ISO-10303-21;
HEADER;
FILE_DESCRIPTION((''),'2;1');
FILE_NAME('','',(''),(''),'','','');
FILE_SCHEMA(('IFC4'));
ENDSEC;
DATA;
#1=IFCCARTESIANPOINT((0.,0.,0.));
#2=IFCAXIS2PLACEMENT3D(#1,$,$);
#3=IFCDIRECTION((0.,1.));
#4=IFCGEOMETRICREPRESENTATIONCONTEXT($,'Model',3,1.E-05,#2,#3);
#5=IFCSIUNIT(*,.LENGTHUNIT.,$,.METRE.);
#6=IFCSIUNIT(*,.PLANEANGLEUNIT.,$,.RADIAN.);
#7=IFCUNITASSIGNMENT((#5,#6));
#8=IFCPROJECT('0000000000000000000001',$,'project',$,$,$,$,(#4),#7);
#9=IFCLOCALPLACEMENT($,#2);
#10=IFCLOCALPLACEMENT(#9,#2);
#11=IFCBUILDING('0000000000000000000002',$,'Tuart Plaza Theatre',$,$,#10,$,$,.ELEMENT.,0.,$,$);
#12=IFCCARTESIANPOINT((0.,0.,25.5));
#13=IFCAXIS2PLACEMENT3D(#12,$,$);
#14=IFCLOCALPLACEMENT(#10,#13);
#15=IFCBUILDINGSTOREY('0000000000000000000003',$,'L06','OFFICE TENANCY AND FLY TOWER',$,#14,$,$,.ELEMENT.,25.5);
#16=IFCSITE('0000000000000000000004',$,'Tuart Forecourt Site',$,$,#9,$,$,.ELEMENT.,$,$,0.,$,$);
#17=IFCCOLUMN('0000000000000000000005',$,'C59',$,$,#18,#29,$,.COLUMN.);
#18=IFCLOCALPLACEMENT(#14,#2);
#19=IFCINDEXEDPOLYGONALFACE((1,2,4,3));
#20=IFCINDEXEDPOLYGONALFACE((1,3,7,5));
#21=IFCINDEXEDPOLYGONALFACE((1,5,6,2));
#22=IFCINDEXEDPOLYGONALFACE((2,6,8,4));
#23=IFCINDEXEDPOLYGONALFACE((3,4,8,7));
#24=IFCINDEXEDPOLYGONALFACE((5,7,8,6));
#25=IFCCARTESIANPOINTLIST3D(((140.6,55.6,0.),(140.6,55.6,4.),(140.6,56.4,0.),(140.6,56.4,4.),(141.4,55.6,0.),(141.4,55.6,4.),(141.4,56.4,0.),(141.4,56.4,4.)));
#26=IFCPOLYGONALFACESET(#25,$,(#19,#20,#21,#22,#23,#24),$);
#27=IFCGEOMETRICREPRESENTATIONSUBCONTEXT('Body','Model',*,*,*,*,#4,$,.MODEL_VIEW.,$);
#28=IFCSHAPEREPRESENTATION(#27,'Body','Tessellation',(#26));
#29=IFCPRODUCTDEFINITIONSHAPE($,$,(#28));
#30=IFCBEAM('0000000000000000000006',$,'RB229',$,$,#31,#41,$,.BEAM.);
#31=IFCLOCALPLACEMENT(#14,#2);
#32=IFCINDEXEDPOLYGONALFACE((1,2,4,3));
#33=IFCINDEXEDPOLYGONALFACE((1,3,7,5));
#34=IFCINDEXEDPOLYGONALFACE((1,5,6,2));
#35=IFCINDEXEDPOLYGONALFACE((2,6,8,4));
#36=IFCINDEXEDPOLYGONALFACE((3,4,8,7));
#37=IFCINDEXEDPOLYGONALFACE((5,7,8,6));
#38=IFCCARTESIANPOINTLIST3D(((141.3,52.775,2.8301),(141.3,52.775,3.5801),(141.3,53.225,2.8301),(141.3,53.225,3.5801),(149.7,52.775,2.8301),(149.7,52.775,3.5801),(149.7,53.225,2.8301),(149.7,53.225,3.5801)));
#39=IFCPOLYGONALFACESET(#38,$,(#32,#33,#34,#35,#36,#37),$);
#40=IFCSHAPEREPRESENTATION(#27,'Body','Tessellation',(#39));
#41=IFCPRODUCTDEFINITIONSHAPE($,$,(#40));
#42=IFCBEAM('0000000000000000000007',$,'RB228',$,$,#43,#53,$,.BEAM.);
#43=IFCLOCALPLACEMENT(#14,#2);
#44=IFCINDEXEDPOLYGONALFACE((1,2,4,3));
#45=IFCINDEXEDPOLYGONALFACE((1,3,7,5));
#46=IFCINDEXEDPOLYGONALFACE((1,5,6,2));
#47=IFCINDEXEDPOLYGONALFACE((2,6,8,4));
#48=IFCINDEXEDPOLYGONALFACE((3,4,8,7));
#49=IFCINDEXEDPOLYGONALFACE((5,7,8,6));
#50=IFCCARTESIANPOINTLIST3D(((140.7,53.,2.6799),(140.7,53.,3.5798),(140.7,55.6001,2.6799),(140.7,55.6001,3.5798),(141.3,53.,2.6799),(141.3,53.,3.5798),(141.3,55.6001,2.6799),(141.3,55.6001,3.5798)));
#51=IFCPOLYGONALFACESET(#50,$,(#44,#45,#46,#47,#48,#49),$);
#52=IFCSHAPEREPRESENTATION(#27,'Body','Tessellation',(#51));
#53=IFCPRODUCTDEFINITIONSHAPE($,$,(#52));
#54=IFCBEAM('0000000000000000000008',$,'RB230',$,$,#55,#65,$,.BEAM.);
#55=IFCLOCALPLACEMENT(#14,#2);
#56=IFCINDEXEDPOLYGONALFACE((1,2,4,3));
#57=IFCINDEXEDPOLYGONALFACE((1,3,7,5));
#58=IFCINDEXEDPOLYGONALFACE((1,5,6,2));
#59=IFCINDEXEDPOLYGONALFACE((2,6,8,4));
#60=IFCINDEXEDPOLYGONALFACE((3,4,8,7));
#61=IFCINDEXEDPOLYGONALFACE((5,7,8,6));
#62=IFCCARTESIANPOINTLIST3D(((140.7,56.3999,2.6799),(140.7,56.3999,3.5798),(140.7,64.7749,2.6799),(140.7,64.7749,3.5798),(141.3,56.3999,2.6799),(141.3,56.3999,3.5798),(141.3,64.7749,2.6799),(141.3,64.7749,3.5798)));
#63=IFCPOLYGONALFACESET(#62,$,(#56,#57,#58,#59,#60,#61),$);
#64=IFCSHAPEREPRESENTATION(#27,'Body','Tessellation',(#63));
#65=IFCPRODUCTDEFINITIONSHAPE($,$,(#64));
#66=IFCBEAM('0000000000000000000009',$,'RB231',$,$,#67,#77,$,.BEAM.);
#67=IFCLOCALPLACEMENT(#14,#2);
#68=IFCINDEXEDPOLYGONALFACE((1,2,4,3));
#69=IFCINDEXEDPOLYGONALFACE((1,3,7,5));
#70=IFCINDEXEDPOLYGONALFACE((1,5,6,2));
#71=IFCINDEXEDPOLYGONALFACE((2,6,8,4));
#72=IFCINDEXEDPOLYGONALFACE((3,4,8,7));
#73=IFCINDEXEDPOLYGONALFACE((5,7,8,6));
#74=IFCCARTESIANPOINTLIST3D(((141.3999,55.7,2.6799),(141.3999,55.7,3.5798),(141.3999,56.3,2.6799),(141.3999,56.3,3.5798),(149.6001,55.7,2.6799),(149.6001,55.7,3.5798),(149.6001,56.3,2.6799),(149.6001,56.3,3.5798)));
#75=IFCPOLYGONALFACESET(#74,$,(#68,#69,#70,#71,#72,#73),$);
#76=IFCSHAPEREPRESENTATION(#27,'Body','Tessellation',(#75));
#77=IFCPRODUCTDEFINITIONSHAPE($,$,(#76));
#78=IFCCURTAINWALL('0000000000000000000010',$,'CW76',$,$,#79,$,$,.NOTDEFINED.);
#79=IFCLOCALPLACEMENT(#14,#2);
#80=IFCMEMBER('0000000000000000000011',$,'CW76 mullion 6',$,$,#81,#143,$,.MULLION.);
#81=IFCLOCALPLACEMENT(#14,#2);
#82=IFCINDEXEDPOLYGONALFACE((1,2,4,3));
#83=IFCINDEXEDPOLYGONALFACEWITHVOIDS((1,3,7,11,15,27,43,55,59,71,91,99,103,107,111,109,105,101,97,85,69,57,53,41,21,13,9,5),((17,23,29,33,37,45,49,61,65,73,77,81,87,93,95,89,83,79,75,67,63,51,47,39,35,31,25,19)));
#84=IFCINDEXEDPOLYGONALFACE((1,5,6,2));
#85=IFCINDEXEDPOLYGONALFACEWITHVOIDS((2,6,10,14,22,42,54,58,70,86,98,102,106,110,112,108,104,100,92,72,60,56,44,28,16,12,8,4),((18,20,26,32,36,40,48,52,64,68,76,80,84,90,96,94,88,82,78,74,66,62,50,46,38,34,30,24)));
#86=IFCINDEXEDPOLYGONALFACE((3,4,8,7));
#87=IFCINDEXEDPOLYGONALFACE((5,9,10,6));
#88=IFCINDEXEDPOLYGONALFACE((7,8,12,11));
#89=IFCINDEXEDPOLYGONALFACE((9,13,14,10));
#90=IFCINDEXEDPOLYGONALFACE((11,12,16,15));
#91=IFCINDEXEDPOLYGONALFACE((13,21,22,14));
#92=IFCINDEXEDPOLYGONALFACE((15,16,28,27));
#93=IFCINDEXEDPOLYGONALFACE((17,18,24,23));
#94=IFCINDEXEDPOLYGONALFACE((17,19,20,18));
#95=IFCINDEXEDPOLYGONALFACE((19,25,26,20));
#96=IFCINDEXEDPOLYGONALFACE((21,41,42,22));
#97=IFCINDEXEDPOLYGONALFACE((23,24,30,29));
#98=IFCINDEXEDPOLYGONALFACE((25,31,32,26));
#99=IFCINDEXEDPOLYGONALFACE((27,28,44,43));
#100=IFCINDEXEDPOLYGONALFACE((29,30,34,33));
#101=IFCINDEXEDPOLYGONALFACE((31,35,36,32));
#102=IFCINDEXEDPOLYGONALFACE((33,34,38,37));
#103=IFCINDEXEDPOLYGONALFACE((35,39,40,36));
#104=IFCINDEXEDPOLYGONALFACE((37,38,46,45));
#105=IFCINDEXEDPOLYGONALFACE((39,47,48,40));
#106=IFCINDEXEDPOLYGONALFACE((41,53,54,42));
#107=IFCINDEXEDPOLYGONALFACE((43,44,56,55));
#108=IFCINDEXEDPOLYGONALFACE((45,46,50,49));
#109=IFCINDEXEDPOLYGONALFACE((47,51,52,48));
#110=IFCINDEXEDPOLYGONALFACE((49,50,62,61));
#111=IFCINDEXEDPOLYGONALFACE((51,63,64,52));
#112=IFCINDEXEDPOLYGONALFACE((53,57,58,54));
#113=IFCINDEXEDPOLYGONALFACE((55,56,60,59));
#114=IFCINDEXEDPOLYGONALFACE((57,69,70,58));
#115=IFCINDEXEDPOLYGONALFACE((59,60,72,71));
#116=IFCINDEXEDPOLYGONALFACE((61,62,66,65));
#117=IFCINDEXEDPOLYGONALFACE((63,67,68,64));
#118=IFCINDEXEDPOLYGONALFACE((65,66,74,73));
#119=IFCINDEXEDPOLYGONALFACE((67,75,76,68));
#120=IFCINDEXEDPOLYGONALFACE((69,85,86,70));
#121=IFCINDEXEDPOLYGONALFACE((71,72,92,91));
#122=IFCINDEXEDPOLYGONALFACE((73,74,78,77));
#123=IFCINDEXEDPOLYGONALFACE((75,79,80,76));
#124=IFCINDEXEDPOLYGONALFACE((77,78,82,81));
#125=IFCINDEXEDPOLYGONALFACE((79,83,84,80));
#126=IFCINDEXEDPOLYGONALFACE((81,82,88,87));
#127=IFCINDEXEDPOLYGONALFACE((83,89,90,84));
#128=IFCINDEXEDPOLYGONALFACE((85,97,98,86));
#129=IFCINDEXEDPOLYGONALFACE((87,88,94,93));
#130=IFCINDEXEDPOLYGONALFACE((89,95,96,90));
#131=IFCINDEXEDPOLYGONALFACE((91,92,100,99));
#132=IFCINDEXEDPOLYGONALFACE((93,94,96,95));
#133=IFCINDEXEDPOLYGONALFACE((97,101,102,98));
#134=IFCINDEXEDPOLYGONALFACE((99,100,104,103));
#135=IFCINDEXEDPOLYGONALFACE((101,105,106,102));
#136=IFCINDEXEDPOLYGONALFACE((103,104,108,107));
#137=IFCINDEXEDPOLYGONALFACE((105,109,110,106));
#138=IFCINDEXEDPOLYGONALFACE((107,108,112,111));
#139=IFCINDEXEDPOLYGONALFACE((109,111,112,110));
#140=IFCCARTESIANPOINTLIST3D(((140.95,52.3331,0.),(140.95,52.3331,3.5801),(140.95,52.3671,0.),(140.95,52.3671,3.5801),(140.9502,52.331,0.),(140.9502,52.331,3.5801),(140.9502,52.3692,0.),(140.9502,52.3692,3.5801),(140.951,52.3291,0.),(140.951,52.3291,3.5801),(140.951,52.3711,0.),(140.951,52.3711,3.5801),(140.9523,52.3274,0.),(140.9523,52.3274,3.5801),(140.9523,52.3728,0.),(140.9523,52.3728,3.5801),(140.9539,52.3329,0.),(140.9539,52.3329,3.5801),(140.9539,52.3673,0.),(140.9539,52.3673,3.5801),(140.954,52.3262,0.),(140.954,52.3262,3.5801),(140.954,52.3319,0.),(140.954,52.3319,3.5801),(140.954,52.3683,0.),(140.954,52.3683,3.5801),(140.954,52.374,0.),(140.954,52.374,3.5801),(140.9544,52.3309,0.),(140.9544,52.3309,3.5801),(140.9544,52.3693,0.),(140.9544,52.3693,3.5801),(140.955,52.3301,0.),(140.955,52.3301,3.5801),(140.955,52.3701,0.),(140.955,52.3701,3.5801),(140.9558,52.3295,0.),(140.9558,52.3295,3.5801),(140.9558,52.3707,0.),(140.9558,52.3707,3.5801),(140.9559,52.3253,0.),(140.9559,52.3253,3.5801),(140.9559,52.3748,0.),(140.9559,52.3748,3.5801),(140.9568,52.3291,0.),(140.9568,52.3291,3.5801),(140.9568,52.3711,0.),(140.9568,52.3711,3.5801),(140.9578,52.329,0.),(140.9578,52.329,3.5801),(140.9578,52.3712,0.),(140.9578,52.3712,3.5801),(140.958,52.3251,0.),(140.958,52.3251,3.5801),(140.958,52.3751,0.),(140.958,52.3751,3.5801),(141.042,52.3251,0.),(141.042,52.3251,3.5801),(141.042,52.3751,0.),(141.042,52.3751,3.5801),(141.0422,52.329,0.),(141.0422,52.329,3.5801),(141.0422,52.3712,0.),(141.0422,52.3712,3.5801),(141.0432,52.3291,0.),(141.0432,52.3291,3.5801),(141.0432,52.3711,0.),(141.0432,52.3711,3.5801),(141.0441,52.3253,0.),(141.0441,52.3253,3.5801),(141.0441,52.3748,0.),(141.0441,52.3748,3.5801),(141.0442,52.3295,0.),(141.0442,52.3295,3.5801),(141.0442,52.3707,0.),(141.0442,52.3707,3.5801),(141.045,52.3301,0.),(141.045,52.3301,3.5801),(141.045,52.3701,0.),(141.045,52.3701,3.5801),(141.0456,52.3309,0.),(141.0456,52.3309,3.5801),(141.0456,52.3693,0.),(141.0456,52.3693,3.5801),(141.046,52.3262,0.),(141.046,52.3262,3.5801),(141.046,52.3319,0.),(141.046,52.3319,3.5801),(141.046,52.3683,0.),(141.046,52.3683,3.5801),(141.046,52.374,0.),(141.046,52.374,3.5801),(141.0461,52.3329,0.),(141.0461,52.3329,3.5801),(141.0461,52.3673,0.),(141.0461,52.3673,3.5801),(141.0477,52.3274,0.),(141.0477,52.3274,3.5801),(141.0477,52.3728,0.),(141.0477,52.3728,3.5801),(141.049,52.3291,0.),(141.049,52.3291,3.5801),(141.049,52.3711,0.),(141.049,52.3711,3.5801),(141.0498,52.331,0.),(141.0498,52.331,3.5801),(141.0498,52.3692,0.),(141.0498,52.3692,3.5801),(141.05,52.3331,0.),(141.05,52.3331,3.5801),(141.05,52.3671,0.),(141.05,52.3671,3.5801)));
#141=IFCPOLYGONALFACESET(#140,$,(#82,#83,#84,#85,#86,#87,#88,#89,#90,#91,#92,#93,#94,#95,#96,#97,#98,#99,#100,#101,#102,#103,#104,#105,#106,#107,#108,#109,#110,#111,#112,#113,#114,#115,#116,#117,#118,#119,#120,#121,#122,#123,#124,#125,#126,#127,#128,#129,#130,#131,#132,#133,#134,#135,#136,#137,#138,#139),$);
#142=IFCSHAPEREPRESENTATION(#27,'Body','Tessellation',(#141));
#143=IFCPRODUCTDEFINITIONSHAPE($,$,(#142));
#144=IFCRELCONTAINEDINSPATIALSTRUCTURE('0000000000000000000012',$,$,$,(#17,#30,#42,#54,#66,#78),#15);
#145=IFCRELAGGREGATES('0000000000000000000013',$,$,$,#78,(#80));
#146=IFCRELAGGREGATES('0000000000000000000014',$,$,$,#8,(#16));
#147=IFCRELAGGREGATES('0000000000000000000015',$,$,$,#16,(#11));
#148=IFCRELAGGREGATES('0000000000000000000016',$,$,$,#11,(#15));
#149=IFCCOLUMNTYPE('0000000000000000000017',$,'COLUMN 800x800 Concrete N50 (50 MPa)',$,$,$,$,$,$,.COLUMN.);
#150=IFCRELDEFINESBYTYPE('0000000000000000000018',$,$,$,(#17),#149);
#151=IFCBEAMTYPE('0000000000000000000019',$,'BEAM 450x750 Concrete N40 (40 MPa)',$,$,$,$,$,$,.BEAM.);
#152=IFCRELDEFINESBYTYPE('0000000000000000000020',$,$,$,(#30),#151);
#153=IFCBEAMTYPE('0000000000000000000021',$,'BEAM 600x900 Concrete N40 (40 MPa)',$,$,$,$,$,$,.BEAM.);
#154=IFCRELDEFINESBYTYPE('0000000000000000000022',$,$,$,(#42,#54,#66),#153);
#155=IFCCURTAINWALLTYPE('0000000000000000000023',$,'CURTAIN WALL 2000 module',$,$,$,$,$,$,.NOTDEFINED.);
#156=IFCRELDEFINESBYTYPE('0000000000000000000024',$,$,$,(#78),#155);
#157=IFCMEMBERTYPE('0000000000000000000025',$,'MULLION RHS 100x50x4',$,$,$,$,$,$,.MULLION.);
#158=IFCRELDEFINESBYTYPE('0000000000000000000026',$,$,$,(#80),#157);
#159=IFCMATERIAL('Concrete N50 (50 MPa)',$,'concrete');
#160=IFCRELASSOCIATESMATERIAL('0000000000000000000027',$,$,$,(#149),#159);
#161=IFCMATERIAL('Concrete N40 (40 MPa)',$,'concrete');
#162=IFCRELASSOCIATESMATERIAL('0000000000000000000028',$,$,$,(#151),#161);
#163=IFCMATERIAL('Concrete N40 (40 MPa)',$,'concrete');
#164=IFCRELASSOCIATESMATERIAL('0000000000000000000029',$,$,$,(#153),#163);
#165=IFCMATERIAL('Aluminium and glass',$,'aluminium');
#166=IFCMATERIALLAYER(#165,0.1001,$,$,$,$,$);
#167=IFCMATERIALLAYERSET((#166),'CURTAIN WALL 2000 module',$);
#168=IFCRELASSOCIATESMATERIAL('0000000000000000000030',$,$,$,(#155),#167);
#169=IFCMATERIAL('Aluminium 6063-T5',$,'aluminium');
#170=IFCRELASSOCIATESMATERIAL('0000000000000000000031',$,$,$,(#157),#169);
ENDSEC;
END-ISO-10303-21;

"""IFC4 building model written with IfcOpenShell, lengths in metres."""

from ifc_helpers import new_model, si_unit, direction, frame, origin, origin_2d, place, context, subcontext, project, spatial, rectangle, hollow_rectangle, extrude, material, layer, layer_set, material_profile, profile_set, type_object, element, aggregate, save


model = new_model("IFC4")

# Units and contexts
model_context = context("Model", 3, precision=1e-05, world=origin(), true_north=direction((0.0, 1.0)))
body_context = subcontext(model_context, "Body", "Model", "MODEL_VIEW")
ifc_project = project(units=[si_unit("LENGTHUNIT", "METRE"), si_unit("PLANEANGLEUNIT", "RADIAN")], contexts=[model_context])

# Site, building, storey
site_placement = place(None, origin())
site = spatial("IfcSite", under=ifc_project, at=site_placement, Name="Tuart Forecourt Site", CompositionType="ELEMENT", RefElevation=0.0)
building_placement = place(site_placement, origin())
building = spatial("IfcBuilding", under=site, at=building_placement, Name="Tuart Plaza Theatre", CompositionType="ELEMENT", ElevationOfRefHeight=0.0)
storey_placement = place(building_placement, frame((0.0, 0.0, 25.5)))
storey = spatial("IfcBuildingStorey", under=building, at=storey_placement, Name="L06", Description="OFFICE TENANCY AND FLY TOWER", CompositionType="ELEMENT", Elevation=25.5)

# Column
ifc_material_1 = material(Name="Concrete N50 (50 MPa)", Category="concrete")
ifc_material_profile_1 = material_profile(ifc_material_1, rectangle(XDim=0.8, YDim=0.8, at=origin_2d()), Name="COLUMN 800x800 Concrete N50 (50 MPa)")
ifc_profile_set_1 = profile_set([ifc_material_profile_1], Name="Concrete N50 (50 MPa)")
column_type = type_object("IfcColumnType", Name="COLUMN 800x800 Concrete N50 (50 MPa)", PredefinedType="COLUMN", material=ifc_profile_set_1)
column_placement = place(storey_placement, frame((141.0, 56.0, 0.0), z_axis=(0.0, 0.0, 1.0), x_axis=(1.0, 0.0, 0.0)))
element("IfcColumn", 1, at=column_placement, inside=storey, type_object=column_type, Name="C59", PredefinedType="COLUMN", context=body_context, shape_type="SweptSolid", body=[
    extrude(rectangle(XDim=0.8, YDim=0.8, at=origin_2d()), origin(), (0.0, 0.0, 1.0), 4.0),
])

# Beams
ifc_material_2 = material(Name="Concrete N40 (40 MPa)", Category="concrete")
ifc_material_profile_2 = material_profile(ifc_material_2, rectangle(XDim=0.45, YDim=0.75, at=origin_2d()), Name="BEAM 450x750 Concrete N40 (40 MPa)")
ifc_profile_set_2 = profile_set([ifc_material_profile_2], Name="Concrete N40 (40 MPa)")
beam_type_1 = type_object("IfcBeamType", Name="BEAM 450x750 Concrete N40 (40 MPa)", PredefinedType="BEAM", material=ifc_profile_set_2)
beam_1_placement = place(storey_placement, frame((141.3, 53.0, 3.2051), z_axis=(1.0, 0.0, 0.0), x_axis=(0.0, 1.0, 0.0)))
element("IfcBeam", 2, at=beam_1_placement, inside=storey, type_object=beam_type_1, Name="RB229", PredefinedType="BEAM", context=body_context, shape_type="SweptSolid", body=[
    extrude(rectangle(XDim=0.45, YDim=0.75, at=origin_2d()), origin(), (0.0, 0.0, 1.0), 8.3999),
])
ifc_material_3 = material(Name="Concrete N40 (40 MPa)", Category="concrete")
ifc_material_profile_3 = material_profile(ifc_material_3, rectangle(XDim=0.6001, YDim=0.8999, at=origin_2d()), Name="BEAM 600x900 Concrete N40 (40 MPa)")
ifc_profile_set_3 = profile_set([ifc_material_profile_3], Name="Concrete N40 (40 MPa)")
beam_type_2 = type_object("IfcBeamType", Name="BEAM 600x900 Concrete N40 (40 MPa)", PredefinedType="BEAM", material=ifc_profile_set_3)
beam_2_placement = place(storey_placement, frame((141.0, 53.0, 3.1299), z_axis=(0.0, 1.0, 0.0), x_axis=(-1.0, 0.0, 0.0)))
element("IfcBeam", 3, at=beam_2_placement, inside=storey, type_object=beam_type_2, Name="RB228", PredefinedType="BEAM", context=body_context, shape_type="SweptSolid", body=[
    extrude(rectangle(XDim=0.6001, YDim=0.8999, at=origin_2d()), origin(), (0.0, 0.0, 1.0), 2.6001),
])
beam_3_placement = place(storey_placement, frame((141.0, 56.3999, 3.1299), z_axis=(0.0, 1.0, 0.0), x_axis=(-1.0, 0.0, 0.0)))
element("IfcBeam", 4, at=beam_3_placement, inside=storey, type_object=beam_type_2, Name="RB230", PredefinedType="BEAM", context=body_context, shape_type="SweptSolid", body=[
    extrude(rectangle(XDim=0.6001, YDim=0.8999, at=origin_2d()), origin(), (0.0, 0.0, 1.0), 8.375),
])
beam_4_placement = place(storey_placement, frame((141.3999, 56.0, 3.1299), z_axis=(1.0, 0.0, 0.0), x_axis=(0.0, 1.0, 0.0)))
element("IfcBeam", 5, at=beam_4_placement, inside=storey, type_object=beam_type_2, Name="RB231", PredefinedType="BEAM", context=body_context, shape_type="SweptSolid", body=[
    extrude(rectangle(XDim=0.6001, YDim=0.8999, at=origin_2d()), origin(), (0.0, 0.0, 1.0), 8.2002),
])

# Curtain wall, member
ifc_material_4 = material(Name="Aluminium and glass", Category="aluminium")
ifc_layer_1 = layer(ifc_material_4, 0.1001)
ifc_layer_set_1 = layer_set([ifc_layer_1], Name="CURTAIN WALL 2000 module")
curtain_wall_type = type_object("IfcCurtainWallType", Name="CURTAIN WALL 2000 module", PredefinedType="NOTDEFINED", material=ifc_layer_set_1)
curtain_wall_placement = place(storey_placement, origin())
curtain_wall = element("IfcCurtainWall", 6, at=curtain_wall_placement, inside=storey, type_object=curtain_wall_type, Name="CW76", PredefinedType="NOTDEFINED")
ifc_material_5 = material(Name="Aluminium 6063-T5", Category="aluminium")
ifc_material_profile_4 = material_profile(ifc_material_5, hollow_rectangle(XDim=0.05, YDim=0.1001, WallThickness=0.0039, InnerFilletRadius=0.0039, OuterFilletRadius=0.0081, at=origin_2d()), Name="RHS 100x50x4")
ifc_profile_set_4 = profile_set([ifc_material_profile_4], Name="Aluminium 6063-T5")
member_type_1 = type_object("IfcMemberType", Name="MULLION RHS 100x50x4", PredefinedType="MULLION", material=ifc_profile_set_4)
member_1_placement = place(storey_placement, frame((141.0, 52.3501, 0.0), z_axis=(0.0, 0.0, 1.0), x_axis=(0.0, 1.0, 0.0)))
member_1 = element("IfcMember", 7, at=member_1_placement, type_object=member_type_1, Name="CW76 mullion 6", PredefinedType="MULLION", context=body_context, shape_type="SweptSolid", body=[
    extrude(hollow_rectangle(XDim=0.05, YDim=0.1001, WallThickness=0.0039, InnerFilletRadius=0.0039, OuterFilletRadius=0.0081, at=origin_2d()), origin(), (0.0, 0.0, 1.0), 3.5801),
])
aggregate(curtain_wall, [member_1])

save(model, "model.ifc")
